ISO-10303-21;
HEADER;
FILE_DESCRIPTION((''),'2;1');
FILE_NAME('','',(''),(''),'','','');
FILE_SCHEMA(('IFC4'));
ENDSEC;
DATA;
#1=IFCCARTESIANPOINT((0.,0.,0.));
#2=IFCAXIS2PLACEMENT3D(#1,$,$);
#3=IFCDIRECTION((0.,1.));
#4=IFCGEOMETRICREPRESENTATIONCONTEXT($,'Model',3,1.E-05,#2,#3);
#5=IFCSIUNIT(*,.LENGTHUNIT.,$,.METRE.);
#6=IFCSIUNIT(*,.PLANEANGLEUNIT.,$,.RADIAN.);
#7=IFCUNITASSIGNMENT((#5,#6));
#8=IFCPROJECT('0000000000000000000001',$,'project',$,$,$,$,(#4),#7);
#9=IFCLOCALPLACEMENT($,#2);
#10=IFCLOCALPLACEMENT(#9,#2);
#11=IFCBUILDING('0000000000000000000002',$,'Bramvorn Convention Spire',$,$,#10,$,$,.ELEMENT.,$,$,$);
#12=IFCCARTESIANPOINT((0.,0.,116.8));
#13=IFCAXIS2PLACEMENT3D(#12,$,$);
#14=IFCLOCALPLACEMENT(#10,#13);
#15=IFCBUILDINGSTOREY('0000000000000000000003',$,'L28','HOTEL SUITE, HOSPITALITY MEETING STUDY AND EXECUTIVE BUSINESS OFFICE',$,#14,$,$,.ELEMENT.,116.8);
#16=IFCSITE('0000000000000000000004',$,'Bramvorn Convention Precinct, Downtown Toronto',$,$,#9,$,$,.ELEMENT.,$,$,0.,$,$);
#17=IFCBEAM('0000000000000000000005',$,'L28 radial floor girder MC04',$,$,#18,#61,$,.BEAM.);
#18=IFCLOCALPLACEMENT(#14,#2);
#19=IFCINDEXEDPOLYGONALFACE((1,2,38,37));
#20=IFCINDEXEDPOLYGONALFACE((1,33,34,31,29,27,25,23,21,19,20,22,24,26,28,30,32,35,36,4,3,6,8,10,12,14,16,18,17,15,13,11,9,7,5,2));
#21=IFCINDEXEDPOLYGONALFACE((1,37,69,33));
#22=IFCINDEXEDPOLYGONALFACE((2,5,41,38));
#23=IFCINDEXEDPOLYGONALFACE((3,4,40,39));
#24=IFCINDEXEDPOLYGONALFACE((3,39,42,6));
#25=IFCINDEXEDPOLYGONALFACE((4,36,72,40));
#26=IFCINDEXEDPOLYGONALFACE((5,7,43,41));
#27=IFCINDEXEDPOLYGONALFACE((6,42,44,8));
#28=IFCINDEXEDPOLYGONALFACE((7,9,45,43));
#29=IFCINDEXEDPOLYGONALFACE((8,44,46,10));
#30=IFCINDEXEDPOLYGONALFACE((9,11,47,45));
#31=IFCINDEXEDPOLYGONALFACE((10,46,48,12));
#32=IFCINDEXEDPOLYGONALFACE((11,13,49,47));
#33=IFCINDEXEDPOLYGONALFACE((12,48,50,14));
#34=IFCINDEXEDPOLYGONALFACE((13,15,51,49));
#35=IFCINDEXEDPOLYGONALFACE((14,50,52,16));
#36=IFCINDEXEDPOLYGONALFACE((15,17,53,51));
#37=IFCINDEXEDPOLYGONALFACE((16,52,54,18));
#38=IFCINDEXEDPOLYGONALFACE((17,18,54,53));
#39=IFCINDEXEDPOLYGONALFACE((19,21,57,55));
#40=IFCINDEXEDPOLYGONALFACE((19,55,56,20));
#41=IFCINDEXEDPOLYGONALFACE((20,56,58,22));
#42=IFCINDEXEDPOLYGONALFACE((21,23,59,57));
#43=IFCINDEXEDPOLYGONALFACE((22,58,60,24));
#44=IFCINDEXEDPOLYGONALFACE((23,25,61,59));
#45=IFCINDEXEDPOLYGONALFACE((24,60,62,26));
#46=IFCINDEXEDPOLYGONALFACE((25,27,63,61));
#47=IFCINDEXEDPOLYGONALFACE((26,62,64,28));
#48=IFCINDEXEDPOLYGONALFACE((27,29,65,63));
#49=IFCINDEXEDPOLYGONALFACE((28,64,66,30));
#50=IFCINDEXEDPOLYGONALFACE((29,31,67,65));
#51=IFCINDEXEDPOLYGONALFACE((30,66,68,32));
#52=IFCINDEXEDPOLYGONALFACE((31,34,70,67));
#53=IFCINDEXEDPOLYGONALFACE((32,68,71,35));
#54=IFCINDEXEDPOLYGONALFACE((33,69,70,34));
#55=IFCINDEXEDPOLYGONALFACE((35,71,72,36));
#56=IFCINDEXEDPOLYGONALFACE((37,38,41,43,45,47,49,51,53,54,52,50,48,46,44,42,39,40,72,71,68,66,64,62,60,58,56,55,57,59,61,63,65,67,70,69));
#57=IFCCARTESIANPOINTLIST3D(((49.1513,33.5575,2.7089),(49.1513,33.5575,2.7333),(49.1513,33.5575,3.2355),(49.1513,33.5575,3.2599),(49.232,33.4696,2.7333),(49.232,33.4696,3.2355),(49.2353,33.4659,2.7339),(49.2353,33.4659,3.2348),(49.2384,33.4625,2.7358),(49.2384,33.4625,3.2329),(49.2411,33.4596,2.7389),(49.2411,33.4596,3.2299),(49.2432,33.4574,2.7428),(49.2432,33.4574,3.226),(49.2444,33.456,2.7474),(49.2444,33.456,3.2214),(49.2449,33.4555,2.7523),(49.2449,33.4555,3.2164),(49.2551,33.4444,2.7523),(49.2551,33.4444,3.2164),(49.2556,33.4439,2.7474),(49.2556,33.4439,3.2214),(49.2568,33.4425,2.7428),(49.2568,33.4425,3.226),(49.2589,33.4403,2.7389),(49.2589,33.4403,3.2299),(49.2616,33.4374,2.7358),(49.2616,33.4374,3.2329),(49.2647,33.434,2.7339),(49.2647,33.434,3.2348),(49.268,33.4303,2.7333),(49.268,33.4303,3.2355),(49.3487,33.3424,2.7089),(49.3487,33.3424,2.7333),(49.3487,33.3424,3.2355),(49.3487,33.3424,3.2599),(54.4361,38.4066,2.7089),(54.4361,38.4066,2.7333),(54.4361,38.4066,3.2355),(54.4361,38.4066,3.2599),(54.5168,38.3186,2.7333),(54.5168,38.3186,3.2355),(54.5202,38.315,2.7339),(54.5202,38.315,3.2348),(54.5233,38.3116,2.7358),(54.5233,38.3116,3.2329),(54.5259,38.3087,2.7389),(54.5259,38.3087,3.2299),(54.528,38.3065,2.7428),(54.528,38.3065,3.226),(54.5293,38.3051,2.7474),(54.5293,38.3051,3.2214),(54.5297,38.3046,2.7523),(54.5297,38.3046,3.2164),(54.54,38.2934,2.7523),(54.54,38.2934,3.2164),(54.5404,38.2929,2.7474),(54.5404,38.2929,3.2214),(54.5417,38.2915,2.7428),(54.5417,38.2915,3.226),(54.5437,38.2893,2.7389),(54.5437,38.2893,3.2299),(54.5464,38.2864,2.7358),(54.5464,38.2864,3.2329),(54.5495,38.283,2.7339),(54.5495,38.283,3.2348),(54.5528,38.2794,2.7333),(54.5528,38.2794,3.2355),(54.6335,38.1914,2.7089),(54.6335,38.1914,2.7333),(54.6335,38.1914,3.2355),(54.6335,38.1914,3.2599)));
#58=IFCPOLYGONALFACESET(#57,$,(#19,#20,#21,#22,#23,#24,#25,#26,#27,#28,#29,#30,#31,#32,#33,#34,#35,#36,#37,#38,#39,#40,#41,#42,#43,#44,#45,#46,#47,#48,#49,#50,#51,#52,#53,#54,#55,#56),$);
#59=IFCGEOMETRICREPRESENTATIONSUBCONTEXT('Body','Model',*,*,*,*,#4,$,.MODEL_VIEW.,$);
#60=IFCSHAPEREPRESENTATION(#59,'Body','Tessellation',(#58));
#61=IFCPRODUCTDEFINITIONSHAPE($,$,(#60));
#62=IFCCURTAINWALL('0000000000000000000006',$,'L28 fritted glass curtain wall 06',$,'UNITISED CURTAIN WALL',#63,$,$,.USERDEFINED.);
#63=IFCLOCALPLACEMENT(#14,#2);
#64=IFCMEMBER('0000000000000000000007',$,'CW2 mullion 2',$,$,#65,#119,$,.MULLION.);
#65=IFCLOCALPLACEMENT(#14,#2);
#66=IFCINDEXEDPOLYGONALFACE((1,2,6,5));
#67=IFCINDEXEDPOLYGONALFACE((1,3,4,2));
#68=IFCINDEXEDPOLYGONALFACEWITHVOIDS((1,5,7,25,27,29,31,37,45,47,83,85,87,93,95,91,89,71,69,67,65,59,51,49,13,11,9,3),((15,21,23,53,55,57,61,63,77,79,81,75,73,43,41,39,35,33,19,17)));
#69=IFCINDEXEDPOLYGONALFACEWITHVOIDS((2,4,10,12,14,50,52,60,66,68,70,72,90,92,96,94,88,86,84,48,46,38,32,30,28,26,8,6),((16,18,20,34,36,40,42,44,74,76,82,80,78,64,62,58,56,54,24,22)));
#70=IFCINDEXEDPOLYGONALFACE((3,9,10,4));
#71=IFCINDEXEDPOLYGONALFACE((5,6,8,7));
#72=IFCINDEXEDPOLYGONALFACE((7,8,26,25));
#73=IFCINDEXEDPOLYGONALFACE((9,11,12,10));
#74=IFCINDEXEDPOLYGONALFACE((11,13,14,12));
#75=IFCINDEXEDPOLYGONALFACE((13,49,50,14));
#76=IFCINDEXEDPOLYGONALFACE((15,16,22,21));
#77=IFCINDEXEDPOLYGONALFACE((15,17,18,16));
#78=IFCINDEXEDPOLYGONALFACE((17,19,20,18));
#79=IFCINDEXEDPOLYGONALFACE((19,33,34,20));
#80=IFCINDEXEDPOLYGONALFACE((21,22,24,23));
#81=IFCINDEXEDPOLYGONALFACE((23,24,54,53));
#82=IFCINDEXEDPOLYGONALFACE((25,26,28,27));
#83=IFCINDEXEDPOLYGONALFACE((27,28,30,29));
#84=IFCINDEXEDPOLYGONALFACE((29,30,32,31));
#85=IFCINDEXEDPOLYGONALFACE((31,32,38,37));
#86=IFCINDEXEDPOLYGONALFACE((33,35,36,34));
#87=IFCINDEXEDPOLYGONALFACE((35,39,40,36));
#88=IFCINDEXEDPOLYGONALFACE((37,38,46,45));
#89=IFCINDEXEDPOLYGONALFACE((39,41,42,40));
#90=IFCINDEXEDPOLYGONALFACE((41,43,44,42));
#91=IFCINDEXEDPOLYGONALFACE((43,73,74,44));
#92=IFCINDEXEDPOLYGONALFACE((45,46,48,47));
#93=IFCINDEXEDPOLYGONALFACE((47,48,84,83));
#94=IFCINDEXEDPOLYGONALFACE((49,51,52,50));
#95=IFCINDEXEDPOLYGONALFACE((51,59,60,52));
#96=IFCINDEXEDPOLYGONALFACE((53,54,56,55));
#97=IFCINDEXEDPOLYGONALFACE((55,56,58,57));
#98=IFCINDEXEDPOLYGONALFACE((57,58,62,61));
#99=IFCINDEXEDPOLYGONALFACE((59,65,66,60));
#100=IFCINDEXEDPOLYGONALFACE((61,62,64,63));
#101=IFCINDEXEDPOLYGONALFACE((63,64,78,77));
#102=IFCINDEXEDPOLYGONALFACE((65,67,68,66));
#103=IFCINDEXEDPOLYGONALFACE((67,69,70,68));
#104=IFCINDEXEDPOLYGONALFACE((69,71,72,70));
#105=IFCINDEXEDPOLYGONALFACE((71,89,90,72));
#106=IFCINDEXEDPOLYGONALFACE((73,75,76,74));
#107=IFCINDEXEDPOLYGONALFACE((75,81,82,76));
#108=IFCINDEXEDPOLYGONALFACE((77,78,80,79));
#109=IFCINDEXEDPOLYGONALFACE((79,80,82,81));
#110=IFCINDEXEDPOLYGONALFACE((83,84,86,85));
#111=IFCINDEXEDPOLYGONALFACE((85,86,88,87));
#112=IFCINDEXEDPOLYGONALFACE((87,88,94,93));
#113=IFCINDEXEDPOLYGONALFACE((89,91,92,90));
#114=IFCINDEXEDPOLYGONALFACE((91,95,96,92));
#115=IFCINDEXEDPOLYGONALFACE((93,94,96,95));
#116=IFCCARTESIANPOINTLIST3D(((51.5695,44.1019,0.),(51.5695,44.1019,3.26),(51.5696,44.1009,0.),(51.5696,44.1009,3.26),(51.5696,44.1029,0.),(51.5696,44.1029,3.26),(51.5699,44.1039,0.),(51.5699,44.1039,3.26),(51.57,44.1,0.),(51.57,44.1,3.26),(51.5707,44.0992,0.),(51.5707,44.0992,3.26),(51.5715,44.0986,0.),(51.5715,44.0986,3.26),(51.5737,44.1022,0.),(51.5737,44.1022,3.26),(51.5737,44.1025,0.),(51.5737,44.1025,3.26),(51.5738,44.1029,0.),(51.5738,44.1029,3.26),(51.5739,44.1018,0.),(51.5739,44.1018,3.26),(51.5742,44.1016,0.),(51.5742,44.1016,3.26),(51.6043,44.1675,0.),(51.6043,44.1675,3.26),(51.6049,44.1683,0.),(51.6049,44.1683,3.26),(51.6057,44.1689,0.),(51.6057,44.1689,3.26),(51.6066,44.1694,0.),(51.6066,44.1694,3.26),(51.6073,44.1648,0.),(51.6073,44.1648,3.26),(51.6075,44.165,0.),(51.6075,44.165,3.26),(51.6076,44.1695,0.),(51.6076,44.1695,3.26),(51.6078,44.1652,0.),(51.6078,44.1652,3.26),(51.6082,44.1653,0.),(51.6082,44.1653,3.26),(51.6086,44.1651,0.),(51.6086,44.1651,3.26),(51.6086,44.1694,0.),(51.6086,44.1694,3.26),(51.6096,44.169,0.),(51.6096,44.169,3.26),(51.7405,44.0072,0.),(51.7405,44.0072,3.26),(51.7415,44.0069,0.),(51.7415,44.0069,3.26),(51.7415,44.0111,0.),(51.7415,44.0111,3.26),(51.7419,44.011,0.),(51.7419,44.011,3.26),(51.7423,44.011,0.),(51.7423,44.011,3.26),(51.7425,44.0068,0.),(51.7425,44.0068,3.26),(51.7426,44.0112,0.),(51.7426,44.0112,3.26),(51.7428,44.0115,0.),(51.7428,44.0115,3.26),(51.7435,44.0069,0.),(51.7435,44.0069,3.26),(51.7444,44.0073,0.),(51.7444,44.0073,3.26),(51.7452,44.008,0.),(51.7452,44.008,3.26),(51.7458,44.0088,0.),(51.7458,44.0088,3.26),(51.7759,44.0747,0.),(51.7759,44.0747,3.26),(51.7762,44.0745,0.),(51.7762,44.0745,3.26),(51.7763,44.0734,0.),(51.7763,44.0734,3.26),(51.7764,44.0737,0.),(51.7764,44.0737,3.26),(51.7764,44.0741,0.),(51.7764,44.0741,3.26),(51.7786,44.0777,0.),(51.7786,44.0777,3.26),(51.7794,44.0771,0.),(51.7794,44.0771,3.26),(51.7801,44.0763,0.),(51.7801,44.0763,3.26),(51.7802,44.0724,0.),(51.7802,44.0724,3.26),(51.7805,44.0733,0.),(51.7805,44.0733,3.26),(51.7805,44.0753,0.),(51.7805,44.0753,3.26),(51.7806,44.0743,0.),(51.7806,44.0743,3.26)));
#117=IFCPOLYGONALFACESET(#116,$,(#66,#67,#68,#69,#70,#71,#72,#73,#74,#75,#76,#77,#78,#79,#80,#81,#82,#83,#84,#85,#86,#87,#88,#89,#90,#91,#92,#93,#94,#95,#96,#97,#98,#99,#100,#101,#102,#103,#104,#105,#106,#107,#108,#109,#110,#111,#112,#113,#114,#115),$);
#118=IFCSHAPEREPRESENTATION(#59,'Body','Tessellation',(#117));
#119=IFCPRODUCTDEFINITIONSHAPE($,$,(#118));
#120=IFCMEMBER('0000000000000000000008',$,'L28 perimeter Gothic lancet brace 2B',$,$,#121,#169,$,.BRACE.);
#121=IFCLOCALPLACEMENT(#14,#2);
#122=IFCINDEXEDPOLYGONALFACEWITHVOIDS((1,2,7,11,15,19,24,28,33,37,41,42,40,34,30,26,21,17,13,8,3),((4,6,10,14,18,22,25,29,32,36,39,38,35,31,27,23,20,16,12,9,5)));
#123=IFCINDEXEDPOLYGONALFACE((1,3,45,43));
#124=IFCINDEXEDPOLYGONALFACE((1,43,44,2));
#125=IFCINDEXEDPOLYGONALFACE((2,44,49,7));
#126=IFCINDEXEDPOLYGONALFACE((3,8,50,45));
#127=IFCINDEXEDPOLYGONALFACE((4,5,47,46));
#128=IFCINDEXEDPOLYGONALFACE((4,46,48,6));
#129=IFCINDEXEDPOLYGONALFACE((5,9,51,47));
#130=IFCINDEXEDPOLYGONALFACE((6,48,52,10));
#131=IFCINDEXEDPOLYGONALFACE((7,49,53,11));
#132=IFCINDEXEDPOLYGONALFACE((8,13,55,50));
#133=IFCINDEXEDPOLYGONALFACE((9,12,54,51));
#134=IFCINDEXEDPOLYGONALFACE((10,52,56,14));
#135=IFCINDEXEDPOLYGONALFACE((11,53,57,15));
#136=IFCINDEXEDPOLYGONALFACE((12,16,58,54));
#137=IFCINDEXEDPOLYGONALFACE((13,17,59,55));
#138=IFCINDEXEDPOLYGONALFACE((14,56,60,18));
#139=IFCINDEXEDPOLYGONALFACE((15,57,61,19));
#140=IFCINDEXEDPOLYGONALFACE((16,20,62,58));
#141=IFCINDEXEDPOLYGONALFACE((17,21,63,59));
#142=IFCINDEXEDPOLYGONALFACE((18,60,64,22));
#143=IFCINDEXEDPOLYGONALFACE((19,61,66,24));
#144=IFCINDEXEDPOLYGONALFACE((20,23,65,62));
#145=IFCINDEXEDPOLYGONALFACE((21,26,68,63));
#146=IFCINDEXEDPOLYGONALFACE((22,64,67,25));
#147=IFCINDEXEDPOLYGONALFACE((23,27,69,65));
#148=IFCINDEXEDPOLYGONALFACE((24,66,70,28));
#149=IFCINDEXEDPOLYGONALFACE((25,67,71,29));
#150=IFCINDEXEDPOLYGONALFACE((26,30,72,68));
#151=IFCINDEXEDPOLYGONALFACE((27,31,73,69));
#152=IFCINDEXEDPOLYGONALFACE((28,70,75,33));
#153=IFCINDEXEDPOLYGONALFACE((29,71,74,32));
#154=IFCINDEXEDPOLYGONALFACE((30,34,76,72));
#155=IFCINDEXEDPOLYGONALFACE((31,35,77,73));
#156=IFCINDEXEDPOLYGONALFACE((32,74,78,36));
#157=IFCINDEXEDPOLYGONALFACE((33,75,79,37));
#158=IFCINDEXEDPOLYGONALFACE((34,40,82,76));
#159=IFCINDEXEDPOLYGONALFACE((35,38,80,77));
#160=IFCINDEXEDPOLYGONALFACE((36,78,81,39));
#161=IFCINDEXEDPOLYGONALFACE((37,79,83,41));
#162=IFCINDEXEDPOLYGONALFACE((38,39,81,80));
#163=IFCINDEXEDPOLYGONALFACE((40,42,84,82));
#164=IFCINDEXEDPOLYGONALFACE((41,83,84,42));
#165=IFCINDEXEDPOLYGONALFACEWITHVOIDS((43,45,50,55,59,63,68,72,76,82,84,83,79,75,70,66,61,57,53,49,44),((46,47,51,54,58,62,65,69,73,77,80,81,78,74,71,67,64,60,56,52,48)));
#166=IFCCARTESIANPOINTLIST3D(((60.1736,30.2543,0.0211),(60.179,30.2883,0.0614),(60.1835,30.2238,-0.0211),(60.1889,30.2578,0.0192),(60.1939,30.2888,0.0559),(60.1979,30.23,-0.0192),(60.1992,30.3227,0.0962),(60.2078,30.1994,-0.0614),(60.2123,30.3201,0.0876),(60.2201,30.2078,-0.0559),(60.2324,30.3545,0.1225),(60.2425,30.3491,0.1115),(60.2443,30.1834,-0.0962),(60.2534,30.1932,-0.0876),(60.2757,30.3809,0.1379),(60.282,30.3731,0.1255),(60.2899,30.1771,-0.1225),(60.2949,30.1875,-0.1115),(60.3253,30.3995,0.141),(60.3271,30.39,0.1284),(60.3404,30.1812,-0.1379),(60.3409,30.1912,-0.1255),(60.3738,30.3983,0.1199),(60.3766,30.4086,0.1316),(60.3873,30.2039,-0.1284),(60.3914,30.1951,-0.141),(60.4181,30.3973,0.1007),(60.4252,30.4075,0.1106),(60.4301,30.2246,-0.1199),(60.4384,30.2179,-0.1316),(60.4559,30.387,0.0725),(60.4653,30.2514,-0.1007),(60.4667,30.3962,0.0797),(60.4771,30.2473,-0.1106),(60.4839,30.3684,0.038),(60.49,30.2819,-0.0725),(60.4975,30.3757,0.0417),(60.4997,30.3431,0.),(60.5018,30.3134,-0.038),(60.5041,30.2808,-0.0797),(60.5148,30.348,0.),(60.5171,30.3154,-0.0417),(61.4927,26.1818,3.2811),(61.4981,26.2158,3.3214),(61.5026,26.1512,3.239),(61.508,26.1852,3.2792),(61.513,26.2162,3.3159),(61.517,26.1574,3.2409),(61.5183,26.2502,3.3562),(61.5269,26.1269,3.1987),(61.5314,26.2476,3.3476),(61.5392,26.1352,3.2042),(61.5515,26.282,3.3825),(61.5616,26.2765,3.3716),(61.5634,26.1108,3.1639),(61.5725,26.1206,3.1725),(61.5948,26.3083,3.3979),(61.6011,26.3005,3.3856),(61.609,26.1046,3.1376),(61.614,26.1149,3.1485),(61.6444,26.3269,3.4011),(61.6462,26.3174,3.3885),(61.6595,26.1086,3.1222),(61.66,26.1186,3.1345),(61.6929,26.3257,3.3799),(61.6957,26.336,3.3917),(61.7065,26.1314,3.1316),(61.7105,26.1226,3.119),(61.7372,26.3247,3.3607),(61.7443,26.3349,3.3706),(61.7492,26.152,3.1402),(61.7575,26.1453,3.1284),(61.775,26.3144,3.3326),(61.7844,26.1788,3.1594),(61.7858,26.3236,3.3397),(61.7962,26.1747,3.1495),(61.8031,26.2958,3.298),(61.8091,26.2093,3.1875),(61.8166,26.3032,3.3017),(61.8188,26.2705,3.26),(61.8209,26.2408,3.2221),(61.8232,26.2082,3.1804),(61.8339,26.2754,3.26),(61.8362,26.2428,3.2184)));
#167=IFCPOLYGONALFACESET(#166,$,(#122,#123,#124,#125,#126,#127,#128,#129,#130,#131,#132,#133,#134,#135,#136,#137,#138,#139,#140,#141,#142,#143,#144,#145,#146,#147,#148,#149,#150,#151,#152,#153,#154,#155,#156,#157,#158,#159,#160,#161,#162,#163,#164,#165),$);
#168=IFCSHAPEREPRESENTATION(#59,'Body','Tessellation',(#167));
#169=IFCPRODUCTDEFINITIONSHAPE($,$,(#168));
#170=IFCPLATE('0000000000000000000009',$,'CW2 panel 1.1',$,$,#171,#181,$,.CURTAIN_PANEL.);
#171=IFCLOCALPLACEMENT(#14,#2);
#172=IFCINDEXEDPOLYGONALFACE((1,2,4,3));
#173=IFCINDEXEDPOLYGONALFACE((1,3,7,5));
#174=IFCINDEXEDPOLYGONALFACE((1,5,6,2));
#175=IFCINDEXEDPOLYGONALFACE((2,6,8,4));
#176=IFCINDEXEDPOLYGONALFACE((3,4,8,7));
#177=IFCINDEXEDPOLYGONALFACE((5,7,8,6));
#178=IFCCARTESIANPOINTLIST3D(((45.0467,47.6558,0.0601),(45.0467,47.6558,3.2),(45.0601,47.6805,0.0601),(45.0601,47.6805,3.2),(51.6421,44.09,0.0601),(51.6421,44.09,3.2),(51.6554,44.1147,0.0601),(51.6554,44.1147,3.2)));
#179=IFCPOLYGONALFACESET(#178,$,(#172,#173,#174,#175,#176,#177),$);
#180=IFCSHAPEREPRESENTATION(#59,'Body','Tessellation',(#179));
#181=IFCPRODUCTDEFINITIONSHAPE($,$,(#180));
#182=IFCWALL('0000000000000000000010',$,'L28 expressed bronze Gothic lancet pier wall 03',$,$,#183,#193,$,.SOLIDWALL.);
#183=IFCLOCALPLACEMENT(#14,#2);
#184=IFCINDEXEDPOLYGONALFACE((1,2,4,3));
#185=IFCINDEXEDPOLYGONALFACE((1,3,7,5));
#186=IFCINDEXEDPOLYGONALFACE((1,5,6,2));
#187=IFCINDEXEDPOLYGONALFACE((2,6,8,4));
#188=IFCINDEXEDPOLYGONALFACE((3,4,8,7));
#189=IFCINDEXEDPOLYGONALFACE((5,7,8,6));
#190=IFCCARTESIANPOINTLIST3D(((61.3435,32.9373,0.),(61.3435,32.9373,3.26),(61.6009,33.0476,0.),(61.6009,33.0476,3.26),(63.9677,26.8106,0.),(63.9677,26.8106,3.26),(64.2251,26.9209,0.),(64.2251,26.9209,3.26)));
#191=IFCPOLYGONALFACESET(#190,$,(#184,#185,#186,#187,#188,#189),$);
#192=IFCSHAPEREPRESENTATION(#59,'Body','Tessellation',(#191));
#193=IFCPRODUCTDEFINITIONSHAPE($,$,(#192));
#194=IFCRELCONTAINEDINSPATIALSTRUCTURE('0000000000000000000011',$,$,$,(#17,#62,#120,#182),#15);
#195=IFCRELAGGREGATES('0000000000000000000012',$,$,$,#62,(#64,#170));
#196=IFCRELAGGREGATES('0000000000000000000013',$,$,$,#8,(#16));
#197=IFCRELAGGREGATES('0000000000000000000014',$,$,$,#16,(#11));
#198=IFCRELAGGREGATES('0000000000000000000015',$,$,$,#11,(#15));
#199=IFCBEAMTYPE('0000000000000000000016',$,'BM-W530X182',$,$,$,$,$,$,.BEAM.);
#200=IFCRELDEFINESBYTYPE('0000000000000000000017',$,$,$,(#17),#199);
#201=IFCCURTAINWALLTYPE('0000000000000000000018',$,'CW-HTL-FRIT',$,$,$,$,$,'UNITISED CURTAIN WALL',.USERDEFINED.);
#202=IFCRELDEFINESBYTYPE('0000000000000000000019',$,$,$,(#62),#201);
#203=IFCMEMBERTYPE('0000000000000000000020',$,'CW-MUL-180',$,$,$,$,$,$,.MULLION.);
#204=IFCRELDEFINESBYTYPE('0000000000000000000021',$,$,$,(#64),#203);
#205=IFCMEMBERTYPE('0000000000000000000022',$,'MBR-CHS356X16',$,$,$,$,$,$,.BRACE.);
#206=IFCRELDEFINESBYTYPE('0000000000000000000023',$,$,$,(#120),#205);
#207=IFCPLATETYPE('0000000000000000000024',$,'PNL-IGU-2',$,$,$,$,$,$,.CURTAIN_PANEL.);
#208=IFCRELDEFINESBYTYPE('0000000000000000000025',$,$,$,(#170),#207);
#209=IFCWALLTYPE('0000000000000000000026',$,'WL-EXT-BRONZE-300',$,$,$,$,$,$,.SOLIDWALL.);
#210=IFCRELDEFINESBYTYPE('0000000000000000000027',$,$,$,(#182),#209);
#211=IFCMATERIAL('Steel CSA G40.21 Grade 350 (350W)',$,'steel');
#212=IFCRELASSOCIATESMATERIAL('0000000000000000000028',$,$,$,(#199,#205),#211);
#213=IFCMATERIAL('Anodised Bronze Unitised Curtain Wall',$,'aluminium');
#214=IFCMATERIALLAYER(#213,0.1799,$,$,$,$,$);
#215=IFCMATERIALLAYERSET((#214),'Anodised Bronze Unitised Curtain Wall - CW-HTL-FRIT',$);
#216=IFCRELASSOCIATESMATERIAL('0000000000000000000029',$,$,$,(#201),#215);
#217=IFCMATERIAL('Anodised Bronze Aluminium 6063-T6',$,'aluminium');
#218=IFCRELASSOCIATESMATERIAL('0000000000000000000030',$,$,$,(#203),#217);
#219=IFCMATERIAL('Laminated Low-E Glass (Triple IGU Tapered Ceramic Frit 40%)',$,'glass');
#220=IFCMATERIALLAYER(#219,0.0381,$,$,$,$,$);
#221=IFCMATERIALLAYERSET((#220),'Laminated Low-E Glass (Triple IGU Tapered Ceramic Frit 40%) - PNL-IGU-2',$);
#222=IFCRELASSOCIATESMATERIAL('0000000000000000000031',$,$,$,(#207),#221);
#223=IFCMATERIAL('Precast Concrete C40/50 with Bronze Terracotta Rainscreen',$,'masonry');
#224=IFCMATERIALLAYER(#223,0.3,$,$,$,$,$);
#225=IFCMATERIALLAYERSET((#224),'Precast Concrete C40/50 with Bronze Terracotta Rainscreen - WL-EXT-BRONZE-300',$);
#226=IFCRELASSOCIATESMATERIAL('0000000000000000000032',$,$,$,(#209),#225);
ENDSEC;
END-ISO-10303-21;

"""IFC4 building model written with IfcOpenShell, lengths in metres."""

from ifc_helpers import new_model, si_unit, direction, frame, frame_2d, origin, origin_2d, place, context, subcontext, project, spatial, rectangle, hollow_rectangle, hollow_circle, i_section, extrude, material, layer, layer_set, material_profile, profile_set, type_object, element, aggregate, save


model = new_model("IFC4")

# Units and contexts
model_context = context("Model", 3, precision=1e-05, world=origin(), true_north=direction((0.0, 1.0)))
body_context = subcontext(model_context, "Body", "Model", "MODEL_VIEW")
ifc_project = project(units=[si_unit("LENGTHUNIT", "METRE"), si_unit("PLANEANGLEUNIT", "RADIAN")], contexts=[model_context])

# Site, building, storey
site_placement = place(None, origin())
site = spatial("IfcSite", under=ifc_project, at=site_placement, Name="Bramvorn Convention Precinct, Downtown Toronto", CompositionType="ELEMENT", RefElevation=0.0)
building_placement = place(site_placement, origin())
building = spatial("IfcBuilding", under=site, at=building_placement, Name="Bramvorn Convention Spire", CompositionType="ELEMENT")
storey_placement = place(building_placement, frame((0.0, 0.0, 116.8)))
storey = spatial("IfcBuildingStorey", under=building, at=storey_placement, Name="L28", Description="HOTEL SUITE, HOSPITALITY MEETING STUDY AND EXECUTIVE BUSINESS OFFICE", CompositionType="ELEMENT", Elevation=116.8)

# Shared definitions
ifc_material_1 = material(Name="Steel CSA G40.21 Grade 350 (350W)", Category="steel")

# Beam
ifc_material_profile_1 = material_profile(ifc_material_1, i_section(OverallWidth=0.292, OverallDepth=0.551, WebThickness=0.0151, FlangeThickness=0.0244, FilletRadius=0.019, at=origin_2d()))
ifc_profile_set_1 = profile_set([ifc_material_profile_1], Name="Steel CSA G40.21 Grade 350 (350W) - W530X182")
beam_type_1 = type_object("IfcBeamType", Name="BM-W530X182", PredefinedType="BEAM", material=ifc_profile_set_1)
beam_1_placement = place(storey_placement, frame((49.25, 33.45, 2.9844), z_axis=(0.736833, 0.676074, 0.0), x_axis=(-0.676074, 0.736833, 0.0)))
element("IfcBeam", 1, at=beam_1_placement, inside=storey, type_object=beam_type_1, Name="L28 radial floor girder MC04", PredefinedType="BEAM", context=body_context, shape_type="SweptSolid", body=[
    extrude(i_section(OverallWidth=0.292, OverallDepth=0.551, WebThickness=0.0151, FlangeThickness=0.0244, FilletRadius=0.019, at=origin_2d()), origin(), (0.0, 0.0, 1.0), 7.1724),
])

# Curtain wall, member
ifc_material_2 = material(Name="Anodised Bronze Unitised Curtain Wall", Category="aluminium")
ifc_layer_1 = layer(ifc_material_2, 0.1799)
ifc_layer_set_1 = layer_set([ifc_layer_1], Name="Anodised Bronze Unitised Curtain Wall - CW-HTL-FRIT")
curtain_wall_type = type_object("IfcCurtainWallType", Name="CW-HTL-FRIT", ElementType="UNITISED CURTAIN WALL", PredefinedType="USERDEFINED", material=ifc_layer_set_1)
curtain_wall_placement = place(storey_placement, origin())
curtain_wall = element("IfcCurtainWall", 2, at=curtain_wall_placement, inside=storey, type_object=curtain_wall_type, Name="L28 fritted glass curtain wall 06", ObjectType="UNITISED CURTAIN WALL", PredefinedType="USERDEFINED")
ifc_material_3 = material(Name="Anodised Bronze Aluminium 6063-T6", Category="aluminium")
ifc_material_profile_2 = material_profile(ifc_material_3, hollow_rectangle(XDim=0.0801, YDim=0.2, WallThickness=0.0039, InnerFilletRadius=0.001, OuterFilletRadius=0.0039, at=origin_2d()))
ifc_profile_set_2 = profile_set([ifc_material_profile_2], Name="Anodised Bronze Aluminium 6063-T6 - CWM80X200")
member_type_1 = type_object("IfcMemberType", Name="CW-MUL-180", PredefinedType="MULLION", material=ifc_profile_set_2)
member_1_placement = place(storey_placement, frame((51.675, 44.0881, 0.0), z_axis=(0.0, 0.0, 1.0), x_axis=(0.475593, 0.879666, 0.0)))
member_1 = element("IfcMember", 3, at=member_1_placement, type_object=member_type_1, Name="CW2 mullion 2", PredefinedType="MULLION", context=body_context, shape_type="SweptSolid", body=[
    extrude(hollow_rectangle(XDim=0.0801, YDim=0.2, WallThickness=0.0039, InnerFilletRadius=0.001, OuterFilletRadius=0.0039, at=origin_2d()), origin(), (0.0, 0.0, 1.0), 3.26),
])

# Member
ifc_material_profile_3 = material_profile(ifc_material_1, hollow_circle(Radius=0.1777, WallThickness=0.0159, at=origin_2d()))
ifc_profile_set_3 = profile_set([ifc_material_profile_3], Name="Steel CSA G40.21 Grade 350 (350W) - CHS356X16")
member_type_2 = type_object("IfcMemberType", Name="MBR-CHS356X16", PredefinedType="BRACE", material=ifc_profile_set_3)
member_2_placement = place(storey_placement, frame((60.3457, 30.2932, 0.0), z_axis=(0.245148, -0.75686, 0.60586), x_axis=(0.951341, 0.308141, 0.0)))
element("IfcMember", 4, at=member_2_placement, inside=storey, type_object=member_type_2, Name="L28 perimeter Gothic lancet brace 2B", PredefinedType="BRACE", context=body_context, shape_type="SweptSolid", body=[
    extrude(hollow_circle(Radius=0.1777, WallThickness=0.0159, at=origin_2d()), origin(), (0.0, 0.0, 1.0), 5.3809),
])

# Plate
ifc_material_4 = material(Name="Laminated Low-E Glass (Triple IGU Tapered Ceramic Frit 40%)", Category="glass")
ifc_layer_2 = layer(ifc_material_4, 0.0381)
ifc_layer_set_2 = layer_set([ifc_layer_2], Name="Laminated Low-E Glass (Triple IGU Tapered Ceramic Frit 40%) - PNL-IGU-2")
plate_type = type_object("IfcPlateType", Name="PNL-IGU-2", PredefinedType="CURTAIN_PANEL", material=ifc_layer_set_2)
plate_placement = place(storey_placement, frame((48.3511, 45.8853, 0.0601), z_axis=(0.0, 0.0, 1.0), x_axis=(0.879666, -0.475593, 0.0)))
plate = element("IfcPlate", 5, at=plate_placement, type_object=plate_type, Name="CW2 panel 1.1", PredefinedType="CURTAIN_PANEL", context=body_context, shape_type="SweptSolid", body=[
    extrude(rectangle(XDim=7.4976, YDim=0.0281, at=origin_2d()), origin(), (0.0, 0.0, 1.0), 3.1399),
])
aggregate(curtain_wall, [member_1, plate])

# Wall
ifc_material_5 = material(Name="Precast Concrete C40/50 with Bronze Terracotta Rainscreen", Category="masonry")
ifc_layer_3 = layer(ifc_material_5, 0.3)
ifc_layer_set_3 = layer_set([ifc_layer_3], Name="Precast Concrete C40/50 with Bronze Terracotta Rainscreen - WL-EXT-BRONZE-300")
wall_type_1 = type_object("IfcWallType", Name="WL-EXT-BRONZE-300", PredefinedType="SOLIDWALL", material=ifc_layer_set_3)
wall_1_placement = place(storey_placement, frame((61.4722, 32.9924, 0.0), z_axis=(0.0, 0.0, 1.0), x_axis=(0.393734, -0.919225, 0.0)))
element("IfcWall", 6, at=wall_1_placement, inside=storey, type_object=wall_type_1, Name="L28 expressed bronze Gothic lancet pier wall 03", PredefinedType="SOLIDWALL", context=body_context, shape_type="SweptSolid", body=[
    extrude(rectangle(XDim=6.665, YDim=0.28, at=frame_2d((3.3325, 0.0))), origin(), (0.0, 0.0, 1.0), 3.26),
])

save(model, "model.ifc")
